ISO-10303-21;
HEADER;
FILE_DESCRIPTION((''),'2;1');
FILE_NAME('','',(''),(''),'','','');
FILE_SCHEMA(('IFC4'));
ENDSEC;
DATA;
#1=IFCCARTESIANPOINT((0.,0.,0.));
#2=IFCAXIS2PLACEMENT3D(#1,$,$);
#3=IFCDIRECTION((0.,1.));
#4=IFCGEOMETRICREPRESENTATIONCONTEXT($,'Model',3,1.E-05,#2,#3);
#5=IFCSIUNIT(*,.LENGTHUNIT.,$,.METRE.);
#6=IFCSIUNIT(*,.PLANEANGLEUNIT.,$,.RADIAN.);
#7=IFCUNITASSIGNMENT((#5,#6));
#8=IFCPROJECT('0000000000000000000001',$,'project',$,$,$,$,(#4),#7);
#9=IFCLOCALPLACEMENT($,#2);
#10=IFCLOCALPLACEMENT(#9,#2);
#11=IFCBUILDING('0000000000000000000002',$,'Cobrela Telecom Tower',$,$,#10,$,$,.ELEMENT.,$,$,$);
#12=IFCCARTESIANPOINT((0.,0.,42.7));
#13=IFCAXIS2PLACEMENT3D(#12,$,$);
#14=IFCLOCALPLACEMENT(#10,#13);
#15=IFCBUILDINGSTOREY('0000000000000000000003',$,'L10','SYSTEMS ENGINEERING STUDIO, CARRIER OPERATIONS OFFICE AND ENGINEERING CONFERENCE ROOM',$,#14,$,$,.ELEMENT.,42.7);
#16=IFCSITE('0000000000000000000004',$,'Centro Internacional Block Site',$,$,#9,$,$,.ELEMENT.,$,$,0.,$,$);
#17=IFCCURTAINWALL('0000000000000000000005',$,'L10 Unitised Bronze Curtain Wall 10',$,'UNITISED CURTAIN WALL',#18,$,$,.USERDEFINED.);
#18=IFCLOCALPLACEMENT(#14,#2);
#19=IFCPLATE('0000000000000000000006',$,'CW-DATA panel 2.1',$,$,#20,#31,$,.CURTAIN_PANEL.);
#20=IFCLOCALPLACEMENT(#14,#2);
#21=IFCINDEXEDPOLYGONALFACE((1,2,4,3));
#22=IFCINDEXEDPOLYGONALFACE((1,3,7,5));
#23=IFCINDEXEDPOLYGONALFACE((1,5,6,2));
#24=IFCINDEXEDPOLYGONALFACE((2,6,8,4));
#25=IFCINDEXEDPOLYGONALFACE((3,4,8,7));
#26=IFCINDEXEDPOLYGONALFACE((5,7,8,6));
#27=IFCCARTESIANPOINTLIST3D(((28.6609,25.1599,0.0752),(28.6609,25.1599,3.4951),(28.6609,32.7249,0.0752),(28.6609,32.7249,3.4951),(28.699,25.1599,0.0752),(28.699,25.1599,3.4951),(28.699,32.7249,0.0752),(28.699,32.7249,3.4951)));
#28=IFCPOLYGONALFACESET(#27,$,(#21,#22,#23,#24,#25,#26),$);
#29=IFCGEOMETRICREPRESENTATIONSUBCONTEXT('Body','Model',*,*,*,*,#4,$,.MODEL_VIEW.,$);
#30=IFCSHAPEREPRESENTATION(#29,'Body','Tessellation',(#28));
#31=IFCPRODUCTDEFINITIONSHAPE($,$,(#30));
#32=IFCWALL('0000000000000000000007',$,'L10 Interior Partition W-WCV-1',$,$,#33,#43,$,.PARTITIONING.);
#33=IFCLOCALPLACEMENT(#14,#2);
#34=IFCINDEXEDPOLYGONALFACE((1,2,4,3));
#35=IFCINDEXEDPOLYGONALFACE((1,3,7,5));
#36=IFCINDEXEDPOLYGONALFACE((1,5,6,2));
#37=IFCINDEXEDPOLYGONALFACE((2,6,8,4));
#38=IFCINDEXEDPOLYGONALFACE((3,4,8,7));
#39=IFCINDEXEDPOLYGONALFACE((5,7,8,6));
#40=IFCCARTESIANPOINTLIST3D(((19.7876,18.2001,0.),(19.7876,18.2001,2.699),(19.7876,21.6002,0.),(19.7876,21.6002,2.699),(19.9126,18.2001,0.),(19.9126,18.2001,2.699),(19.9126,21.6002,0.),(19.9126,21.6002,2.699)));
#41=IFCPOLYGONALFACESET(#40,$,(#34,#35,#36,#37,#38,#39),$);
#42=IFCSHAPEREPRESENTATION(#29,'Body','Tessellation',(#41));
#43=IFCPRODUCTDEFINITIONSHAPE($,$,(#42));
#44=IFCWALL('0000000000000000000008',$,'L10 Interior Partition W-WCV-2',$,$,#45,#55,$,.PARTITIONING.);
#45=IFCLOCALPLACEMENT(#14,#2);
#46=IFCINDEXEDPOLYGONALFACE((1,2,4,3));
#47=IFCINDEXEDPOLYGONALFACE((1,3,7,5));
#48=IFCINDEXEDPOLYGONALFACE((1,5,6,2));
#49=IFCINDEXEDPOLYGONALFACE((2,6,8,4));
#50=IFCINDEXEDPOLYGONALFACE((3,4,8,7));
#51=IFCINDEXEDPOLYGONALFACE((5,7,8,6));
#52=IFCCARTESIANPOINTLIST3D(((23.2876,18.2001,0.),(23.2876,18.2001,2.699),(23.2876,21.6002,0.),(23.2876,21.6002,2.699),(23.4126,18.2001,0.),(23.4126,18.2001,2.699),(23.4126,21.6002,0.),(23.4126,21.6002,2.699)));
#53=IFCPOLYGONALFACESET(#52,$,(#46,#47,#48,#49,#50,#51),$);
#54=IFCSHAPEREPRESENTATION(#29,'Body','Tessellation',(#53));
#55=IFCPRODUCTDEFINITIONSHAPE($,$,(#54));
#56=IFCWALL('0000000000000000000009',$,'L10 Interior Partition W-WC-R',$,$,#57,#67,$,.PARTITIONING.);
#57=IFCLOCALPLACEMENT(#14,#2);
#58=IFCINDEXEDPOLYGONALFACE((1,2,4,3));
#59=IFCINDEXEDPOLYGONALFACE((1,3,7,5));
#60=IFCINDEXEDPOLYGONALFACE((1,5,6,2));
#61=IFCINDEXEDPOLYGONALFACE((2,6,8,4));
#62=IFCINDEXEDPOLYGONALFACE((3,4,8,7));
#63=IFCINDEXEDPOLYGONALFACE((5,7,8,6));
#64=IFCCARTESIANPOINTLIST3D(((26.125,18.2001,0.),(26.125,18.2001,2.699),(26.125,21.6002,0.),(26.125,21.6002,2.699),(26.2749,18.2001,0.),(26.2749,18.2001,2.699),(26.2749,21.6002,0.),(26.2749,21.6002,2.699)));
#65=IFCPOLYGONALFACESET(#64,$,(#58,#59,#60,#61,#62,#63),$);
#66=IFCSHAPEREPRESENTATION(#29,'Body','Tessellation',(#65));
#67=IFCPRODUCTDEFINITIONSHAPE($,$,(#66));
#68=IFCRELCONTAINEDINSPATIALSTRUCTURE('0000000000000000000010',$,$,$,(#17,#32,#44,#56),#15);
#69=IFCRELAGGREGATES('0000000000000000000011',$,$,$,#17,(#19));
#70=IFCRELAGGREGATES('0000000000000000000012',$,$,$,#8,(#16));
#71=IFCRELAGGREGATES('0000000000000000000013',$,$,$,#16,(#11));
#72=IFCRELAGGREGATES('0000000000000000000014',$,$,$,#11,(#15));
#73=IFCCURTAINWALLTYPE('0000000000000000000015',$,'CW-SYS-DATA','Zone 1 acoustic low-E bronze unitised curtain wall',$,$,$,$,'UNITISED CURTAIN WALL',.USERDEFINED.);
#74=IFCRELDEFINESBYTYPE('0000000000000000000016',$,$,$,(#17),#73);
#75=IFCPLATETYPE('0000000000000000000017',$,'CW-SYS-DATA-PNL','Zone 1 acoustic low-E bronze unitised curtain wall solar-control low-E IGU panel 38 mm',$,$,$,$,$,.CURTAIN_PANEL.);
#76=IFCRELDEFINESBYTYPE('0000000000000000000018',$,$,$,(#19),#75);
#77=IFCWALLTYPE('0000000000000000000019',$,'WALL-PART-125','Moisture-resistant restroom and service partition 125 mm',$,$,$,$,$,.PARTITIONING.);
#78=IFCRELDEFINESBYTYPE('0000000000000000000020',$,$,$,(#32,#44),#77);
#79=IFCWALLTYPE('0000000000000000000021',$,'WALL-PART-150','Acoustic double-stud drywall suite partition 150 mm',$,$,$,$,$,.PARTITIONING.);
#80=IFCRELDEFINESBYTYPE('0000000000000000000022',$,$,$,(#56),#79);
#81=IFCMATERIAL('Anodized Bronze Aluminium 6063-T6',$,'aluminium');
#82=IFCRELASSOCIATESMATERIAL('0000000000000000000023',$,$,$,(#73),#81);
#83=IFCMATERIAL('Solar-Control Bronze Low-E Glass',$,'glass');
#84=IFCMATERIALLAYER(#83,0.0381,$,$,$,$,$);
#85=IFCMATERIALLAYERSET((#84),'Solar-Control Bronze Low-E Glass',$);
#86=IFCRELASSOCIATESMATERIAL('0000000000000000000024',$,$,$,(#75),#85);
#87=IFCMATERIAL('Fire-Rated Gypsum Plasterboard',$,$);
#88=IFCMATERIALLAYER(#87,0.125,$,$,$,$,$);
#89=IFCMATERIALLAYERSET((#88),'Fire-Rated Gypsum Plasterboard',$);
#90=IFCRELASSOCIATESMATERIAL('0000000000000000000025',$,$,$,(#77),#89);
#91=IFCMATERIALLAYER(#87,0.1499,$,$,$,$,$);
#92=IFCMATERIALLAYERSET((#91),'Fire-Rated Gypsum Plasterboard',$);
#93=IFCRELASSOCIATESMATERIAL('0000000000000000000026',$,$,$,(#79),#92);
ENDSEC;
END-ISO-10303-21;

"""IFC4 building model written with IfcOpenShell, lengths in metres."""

from ifc_helpers import new_model, si_unit, direction, frame, frame_2d, origin, origin_2d, place, context, subcontext, project, spatial, rectangle, extrude, material, layer, layer_set, type_object, element, aggregate, save


model = new_model("IFC4")

# Units and contexts
model_context = context("Model", 3, precision=1e-05, world=origin(), true_north=direction((0.0, 1.0)))
body_context = subcontext(model_context, "Body", "Model", "MODEL_VIEW")
ifc_project = project(units=[si_unit("LENGTHUNIT", "METRE"), si_unit("PLANEANGLEUNIT", "RADIAN")], contexts=[model_context])

# Site, building, storey
site_placement = place(None, origin())
site = spatial("IfcSite", under=ifc_project, at=site_placement, Name="Centro Internacional Block Site", CompositionType="ELEMENT", RefElevation=0.0)
building_placement = place(site_placement, origin())
building = spatial("IfcBuilding", under=site, at=building_placement, Name="Cobrela Telecom Tower", CompositionType="ELEMENT")
storey_placement = place(building_placement, frame((0.0, 0.0, 42.7)))
storey = spatial("IfcBuildingStorey", under=building, at=storey_placement, Name="L10", Description="SYSTEMS ENGINEERING STUDIO, CARRIER OPERATIONS OFFICE AND ENGINEERING CONFERENCE ROOM", CompositionType="ELEMENT", Elevation=42.7)

# Curtain wall, plate
ifc_material_1 = material(Name="Anodized Bronze Aluminium 6063-T6", Category="aluminium")
curtain_wall_type = type_object("IfcCurtainWallType", Name="CW-SYS-DATA", Description="Zone 1 acoustic low-E bronze unitised curtain wall", ElementType="UNITISED CURTAIN WALL", PredefinedType="USERDEFINED", material=ifc_material_1)
curtain_wall_placement = place(storey_placement, origin())
curtain_wall = element("IfcCurtainWall", 1, at=curtain_wall_placement, inside=storey, type_object=curtain_wall_type, Name="L10 Unitised Bronze Curtain Wall 10", ObjectType="UNITISED CURTAIN WALL", PredefinedType="USERDEFINED")
ifc_material_2 = material(Name="Solar-Control Bronze Low-E Glass", Category="glass")
ifc_layer_1 = layer(ifc_material_2, 0.0381)
ifc_layer_set_1 = layer_set([ifc_layer_1], Name="Solar-Control Bronze Low-E Glass")
plate_type = type_object("IfcPlateType", Name="CW-SYS-DATA-PNL", Description="Zone 1 acoustic low-E bronze unitised curtain wall solar-control low-E IGU panel 38 mm", PredefinedType="CURTAIN_PANEL", material=ifc_layer_set_1)
plate_placement = place(storey_placement, frame((28.6799, 28.9424, 0.0752), z_axis=(0.0, 0.0, 1.0), x_axis=(0.0, -1.0, 0.0)))
plate = element("IfcPlate", 2, at=plate_placement, type_object=plate_type, Name="CW-DATA panel 2.1", PredefinedType="CURTAIN_PANEL", context=body_context, shape_type="SweptSolid", body=[
    extrude(rectangle(XDim=7.5649, YDim=0.0381, at=origin_2d()), origin(), (0.0, 0.0, 1.0), 3.4199),
])
aggregate(curtain_wall, [plate])

# Walls
ifc_material_3 = material(Name="Fire-Rated Gypsum Plasterboard")
ifc_layer_2 = layer(ifc_material_3, 0.125)
ifc_layer_set_2 = layer_set([ifc_layer_2], Name="Fire-Rated Gypsum Plasterboard")
wall_type_1 = type_object("IfcWallType", Name="WALL-PART-125", Description="Moisture-resistant restroom and service partition 125 mm", PredefinedType="PARTITIONING", material=ifc_layer_set_2)
for number, where, z_axis, x_axis, name in (
    (3, (19.8501, 18.2, 0.0), (0.0, 0.0, 1.0), (0.0, 1.0, 0.0), "L10 Interior Partition W-WCV-1"),
    (4, (23.3501, 18.2, 0.0), (0.0, 0.0, 1.0), (0.0, 1.0, 0.0), "L10 Interior Partition W-WCV-2"),
):
    element("IfcWall", number, at=place(storey_placement, frame(where, z_axis=z_axis, x_axis=x_axis)), inside=storey, type_object=wall_type_1, Name=name, PredefinedType="PARTITIONING", context=body_context, shape_type="SweptSolid", body=[
        extrude(rectangle(XDim=3.4001, YDim=0.125, at=frame_2d((1.7002, 0.0))), origin(), (0.0, 0.0, 1.0), 2.699),
    ])
ifc_layer_3 = layer(ifc_material_3, 0.1499)
ifc_layer_set_3 = layer_set([ifc_layer_3], Name="Fire-Rated Gypsum Plasterboard")
wall_type_2 = type_object("IfcWallType", Name="WALL-PART-150", Description="Acoustic double-stud drywall suite partition 150 mm", PredefinedType="PARTITIONING", material=ifc_layer_set_3)
wall_placement = place(storey_placement, frame((26.2, 18.2, 0.0), z_axis=(0.0, 0.0, 1.0), x_axis=(0.0, 1.0, 0.0)))
element("IfcWall", 5, at=wall_placement, inside=storey, type_object=wall_type_2, Name="L10 Interior Partition W-WC-R", PredefinedType="PARTITIONING", context=body_context, shape_type="SweptSolid", body=[
    extrude(rectangle(XDim=3.4001, YDim=0.1499, at=frame_2d((1.7002, 0.0))), origin(), (0.0, 0.0, 1.0), 2.699),
])

save(model, "model.ifc")
